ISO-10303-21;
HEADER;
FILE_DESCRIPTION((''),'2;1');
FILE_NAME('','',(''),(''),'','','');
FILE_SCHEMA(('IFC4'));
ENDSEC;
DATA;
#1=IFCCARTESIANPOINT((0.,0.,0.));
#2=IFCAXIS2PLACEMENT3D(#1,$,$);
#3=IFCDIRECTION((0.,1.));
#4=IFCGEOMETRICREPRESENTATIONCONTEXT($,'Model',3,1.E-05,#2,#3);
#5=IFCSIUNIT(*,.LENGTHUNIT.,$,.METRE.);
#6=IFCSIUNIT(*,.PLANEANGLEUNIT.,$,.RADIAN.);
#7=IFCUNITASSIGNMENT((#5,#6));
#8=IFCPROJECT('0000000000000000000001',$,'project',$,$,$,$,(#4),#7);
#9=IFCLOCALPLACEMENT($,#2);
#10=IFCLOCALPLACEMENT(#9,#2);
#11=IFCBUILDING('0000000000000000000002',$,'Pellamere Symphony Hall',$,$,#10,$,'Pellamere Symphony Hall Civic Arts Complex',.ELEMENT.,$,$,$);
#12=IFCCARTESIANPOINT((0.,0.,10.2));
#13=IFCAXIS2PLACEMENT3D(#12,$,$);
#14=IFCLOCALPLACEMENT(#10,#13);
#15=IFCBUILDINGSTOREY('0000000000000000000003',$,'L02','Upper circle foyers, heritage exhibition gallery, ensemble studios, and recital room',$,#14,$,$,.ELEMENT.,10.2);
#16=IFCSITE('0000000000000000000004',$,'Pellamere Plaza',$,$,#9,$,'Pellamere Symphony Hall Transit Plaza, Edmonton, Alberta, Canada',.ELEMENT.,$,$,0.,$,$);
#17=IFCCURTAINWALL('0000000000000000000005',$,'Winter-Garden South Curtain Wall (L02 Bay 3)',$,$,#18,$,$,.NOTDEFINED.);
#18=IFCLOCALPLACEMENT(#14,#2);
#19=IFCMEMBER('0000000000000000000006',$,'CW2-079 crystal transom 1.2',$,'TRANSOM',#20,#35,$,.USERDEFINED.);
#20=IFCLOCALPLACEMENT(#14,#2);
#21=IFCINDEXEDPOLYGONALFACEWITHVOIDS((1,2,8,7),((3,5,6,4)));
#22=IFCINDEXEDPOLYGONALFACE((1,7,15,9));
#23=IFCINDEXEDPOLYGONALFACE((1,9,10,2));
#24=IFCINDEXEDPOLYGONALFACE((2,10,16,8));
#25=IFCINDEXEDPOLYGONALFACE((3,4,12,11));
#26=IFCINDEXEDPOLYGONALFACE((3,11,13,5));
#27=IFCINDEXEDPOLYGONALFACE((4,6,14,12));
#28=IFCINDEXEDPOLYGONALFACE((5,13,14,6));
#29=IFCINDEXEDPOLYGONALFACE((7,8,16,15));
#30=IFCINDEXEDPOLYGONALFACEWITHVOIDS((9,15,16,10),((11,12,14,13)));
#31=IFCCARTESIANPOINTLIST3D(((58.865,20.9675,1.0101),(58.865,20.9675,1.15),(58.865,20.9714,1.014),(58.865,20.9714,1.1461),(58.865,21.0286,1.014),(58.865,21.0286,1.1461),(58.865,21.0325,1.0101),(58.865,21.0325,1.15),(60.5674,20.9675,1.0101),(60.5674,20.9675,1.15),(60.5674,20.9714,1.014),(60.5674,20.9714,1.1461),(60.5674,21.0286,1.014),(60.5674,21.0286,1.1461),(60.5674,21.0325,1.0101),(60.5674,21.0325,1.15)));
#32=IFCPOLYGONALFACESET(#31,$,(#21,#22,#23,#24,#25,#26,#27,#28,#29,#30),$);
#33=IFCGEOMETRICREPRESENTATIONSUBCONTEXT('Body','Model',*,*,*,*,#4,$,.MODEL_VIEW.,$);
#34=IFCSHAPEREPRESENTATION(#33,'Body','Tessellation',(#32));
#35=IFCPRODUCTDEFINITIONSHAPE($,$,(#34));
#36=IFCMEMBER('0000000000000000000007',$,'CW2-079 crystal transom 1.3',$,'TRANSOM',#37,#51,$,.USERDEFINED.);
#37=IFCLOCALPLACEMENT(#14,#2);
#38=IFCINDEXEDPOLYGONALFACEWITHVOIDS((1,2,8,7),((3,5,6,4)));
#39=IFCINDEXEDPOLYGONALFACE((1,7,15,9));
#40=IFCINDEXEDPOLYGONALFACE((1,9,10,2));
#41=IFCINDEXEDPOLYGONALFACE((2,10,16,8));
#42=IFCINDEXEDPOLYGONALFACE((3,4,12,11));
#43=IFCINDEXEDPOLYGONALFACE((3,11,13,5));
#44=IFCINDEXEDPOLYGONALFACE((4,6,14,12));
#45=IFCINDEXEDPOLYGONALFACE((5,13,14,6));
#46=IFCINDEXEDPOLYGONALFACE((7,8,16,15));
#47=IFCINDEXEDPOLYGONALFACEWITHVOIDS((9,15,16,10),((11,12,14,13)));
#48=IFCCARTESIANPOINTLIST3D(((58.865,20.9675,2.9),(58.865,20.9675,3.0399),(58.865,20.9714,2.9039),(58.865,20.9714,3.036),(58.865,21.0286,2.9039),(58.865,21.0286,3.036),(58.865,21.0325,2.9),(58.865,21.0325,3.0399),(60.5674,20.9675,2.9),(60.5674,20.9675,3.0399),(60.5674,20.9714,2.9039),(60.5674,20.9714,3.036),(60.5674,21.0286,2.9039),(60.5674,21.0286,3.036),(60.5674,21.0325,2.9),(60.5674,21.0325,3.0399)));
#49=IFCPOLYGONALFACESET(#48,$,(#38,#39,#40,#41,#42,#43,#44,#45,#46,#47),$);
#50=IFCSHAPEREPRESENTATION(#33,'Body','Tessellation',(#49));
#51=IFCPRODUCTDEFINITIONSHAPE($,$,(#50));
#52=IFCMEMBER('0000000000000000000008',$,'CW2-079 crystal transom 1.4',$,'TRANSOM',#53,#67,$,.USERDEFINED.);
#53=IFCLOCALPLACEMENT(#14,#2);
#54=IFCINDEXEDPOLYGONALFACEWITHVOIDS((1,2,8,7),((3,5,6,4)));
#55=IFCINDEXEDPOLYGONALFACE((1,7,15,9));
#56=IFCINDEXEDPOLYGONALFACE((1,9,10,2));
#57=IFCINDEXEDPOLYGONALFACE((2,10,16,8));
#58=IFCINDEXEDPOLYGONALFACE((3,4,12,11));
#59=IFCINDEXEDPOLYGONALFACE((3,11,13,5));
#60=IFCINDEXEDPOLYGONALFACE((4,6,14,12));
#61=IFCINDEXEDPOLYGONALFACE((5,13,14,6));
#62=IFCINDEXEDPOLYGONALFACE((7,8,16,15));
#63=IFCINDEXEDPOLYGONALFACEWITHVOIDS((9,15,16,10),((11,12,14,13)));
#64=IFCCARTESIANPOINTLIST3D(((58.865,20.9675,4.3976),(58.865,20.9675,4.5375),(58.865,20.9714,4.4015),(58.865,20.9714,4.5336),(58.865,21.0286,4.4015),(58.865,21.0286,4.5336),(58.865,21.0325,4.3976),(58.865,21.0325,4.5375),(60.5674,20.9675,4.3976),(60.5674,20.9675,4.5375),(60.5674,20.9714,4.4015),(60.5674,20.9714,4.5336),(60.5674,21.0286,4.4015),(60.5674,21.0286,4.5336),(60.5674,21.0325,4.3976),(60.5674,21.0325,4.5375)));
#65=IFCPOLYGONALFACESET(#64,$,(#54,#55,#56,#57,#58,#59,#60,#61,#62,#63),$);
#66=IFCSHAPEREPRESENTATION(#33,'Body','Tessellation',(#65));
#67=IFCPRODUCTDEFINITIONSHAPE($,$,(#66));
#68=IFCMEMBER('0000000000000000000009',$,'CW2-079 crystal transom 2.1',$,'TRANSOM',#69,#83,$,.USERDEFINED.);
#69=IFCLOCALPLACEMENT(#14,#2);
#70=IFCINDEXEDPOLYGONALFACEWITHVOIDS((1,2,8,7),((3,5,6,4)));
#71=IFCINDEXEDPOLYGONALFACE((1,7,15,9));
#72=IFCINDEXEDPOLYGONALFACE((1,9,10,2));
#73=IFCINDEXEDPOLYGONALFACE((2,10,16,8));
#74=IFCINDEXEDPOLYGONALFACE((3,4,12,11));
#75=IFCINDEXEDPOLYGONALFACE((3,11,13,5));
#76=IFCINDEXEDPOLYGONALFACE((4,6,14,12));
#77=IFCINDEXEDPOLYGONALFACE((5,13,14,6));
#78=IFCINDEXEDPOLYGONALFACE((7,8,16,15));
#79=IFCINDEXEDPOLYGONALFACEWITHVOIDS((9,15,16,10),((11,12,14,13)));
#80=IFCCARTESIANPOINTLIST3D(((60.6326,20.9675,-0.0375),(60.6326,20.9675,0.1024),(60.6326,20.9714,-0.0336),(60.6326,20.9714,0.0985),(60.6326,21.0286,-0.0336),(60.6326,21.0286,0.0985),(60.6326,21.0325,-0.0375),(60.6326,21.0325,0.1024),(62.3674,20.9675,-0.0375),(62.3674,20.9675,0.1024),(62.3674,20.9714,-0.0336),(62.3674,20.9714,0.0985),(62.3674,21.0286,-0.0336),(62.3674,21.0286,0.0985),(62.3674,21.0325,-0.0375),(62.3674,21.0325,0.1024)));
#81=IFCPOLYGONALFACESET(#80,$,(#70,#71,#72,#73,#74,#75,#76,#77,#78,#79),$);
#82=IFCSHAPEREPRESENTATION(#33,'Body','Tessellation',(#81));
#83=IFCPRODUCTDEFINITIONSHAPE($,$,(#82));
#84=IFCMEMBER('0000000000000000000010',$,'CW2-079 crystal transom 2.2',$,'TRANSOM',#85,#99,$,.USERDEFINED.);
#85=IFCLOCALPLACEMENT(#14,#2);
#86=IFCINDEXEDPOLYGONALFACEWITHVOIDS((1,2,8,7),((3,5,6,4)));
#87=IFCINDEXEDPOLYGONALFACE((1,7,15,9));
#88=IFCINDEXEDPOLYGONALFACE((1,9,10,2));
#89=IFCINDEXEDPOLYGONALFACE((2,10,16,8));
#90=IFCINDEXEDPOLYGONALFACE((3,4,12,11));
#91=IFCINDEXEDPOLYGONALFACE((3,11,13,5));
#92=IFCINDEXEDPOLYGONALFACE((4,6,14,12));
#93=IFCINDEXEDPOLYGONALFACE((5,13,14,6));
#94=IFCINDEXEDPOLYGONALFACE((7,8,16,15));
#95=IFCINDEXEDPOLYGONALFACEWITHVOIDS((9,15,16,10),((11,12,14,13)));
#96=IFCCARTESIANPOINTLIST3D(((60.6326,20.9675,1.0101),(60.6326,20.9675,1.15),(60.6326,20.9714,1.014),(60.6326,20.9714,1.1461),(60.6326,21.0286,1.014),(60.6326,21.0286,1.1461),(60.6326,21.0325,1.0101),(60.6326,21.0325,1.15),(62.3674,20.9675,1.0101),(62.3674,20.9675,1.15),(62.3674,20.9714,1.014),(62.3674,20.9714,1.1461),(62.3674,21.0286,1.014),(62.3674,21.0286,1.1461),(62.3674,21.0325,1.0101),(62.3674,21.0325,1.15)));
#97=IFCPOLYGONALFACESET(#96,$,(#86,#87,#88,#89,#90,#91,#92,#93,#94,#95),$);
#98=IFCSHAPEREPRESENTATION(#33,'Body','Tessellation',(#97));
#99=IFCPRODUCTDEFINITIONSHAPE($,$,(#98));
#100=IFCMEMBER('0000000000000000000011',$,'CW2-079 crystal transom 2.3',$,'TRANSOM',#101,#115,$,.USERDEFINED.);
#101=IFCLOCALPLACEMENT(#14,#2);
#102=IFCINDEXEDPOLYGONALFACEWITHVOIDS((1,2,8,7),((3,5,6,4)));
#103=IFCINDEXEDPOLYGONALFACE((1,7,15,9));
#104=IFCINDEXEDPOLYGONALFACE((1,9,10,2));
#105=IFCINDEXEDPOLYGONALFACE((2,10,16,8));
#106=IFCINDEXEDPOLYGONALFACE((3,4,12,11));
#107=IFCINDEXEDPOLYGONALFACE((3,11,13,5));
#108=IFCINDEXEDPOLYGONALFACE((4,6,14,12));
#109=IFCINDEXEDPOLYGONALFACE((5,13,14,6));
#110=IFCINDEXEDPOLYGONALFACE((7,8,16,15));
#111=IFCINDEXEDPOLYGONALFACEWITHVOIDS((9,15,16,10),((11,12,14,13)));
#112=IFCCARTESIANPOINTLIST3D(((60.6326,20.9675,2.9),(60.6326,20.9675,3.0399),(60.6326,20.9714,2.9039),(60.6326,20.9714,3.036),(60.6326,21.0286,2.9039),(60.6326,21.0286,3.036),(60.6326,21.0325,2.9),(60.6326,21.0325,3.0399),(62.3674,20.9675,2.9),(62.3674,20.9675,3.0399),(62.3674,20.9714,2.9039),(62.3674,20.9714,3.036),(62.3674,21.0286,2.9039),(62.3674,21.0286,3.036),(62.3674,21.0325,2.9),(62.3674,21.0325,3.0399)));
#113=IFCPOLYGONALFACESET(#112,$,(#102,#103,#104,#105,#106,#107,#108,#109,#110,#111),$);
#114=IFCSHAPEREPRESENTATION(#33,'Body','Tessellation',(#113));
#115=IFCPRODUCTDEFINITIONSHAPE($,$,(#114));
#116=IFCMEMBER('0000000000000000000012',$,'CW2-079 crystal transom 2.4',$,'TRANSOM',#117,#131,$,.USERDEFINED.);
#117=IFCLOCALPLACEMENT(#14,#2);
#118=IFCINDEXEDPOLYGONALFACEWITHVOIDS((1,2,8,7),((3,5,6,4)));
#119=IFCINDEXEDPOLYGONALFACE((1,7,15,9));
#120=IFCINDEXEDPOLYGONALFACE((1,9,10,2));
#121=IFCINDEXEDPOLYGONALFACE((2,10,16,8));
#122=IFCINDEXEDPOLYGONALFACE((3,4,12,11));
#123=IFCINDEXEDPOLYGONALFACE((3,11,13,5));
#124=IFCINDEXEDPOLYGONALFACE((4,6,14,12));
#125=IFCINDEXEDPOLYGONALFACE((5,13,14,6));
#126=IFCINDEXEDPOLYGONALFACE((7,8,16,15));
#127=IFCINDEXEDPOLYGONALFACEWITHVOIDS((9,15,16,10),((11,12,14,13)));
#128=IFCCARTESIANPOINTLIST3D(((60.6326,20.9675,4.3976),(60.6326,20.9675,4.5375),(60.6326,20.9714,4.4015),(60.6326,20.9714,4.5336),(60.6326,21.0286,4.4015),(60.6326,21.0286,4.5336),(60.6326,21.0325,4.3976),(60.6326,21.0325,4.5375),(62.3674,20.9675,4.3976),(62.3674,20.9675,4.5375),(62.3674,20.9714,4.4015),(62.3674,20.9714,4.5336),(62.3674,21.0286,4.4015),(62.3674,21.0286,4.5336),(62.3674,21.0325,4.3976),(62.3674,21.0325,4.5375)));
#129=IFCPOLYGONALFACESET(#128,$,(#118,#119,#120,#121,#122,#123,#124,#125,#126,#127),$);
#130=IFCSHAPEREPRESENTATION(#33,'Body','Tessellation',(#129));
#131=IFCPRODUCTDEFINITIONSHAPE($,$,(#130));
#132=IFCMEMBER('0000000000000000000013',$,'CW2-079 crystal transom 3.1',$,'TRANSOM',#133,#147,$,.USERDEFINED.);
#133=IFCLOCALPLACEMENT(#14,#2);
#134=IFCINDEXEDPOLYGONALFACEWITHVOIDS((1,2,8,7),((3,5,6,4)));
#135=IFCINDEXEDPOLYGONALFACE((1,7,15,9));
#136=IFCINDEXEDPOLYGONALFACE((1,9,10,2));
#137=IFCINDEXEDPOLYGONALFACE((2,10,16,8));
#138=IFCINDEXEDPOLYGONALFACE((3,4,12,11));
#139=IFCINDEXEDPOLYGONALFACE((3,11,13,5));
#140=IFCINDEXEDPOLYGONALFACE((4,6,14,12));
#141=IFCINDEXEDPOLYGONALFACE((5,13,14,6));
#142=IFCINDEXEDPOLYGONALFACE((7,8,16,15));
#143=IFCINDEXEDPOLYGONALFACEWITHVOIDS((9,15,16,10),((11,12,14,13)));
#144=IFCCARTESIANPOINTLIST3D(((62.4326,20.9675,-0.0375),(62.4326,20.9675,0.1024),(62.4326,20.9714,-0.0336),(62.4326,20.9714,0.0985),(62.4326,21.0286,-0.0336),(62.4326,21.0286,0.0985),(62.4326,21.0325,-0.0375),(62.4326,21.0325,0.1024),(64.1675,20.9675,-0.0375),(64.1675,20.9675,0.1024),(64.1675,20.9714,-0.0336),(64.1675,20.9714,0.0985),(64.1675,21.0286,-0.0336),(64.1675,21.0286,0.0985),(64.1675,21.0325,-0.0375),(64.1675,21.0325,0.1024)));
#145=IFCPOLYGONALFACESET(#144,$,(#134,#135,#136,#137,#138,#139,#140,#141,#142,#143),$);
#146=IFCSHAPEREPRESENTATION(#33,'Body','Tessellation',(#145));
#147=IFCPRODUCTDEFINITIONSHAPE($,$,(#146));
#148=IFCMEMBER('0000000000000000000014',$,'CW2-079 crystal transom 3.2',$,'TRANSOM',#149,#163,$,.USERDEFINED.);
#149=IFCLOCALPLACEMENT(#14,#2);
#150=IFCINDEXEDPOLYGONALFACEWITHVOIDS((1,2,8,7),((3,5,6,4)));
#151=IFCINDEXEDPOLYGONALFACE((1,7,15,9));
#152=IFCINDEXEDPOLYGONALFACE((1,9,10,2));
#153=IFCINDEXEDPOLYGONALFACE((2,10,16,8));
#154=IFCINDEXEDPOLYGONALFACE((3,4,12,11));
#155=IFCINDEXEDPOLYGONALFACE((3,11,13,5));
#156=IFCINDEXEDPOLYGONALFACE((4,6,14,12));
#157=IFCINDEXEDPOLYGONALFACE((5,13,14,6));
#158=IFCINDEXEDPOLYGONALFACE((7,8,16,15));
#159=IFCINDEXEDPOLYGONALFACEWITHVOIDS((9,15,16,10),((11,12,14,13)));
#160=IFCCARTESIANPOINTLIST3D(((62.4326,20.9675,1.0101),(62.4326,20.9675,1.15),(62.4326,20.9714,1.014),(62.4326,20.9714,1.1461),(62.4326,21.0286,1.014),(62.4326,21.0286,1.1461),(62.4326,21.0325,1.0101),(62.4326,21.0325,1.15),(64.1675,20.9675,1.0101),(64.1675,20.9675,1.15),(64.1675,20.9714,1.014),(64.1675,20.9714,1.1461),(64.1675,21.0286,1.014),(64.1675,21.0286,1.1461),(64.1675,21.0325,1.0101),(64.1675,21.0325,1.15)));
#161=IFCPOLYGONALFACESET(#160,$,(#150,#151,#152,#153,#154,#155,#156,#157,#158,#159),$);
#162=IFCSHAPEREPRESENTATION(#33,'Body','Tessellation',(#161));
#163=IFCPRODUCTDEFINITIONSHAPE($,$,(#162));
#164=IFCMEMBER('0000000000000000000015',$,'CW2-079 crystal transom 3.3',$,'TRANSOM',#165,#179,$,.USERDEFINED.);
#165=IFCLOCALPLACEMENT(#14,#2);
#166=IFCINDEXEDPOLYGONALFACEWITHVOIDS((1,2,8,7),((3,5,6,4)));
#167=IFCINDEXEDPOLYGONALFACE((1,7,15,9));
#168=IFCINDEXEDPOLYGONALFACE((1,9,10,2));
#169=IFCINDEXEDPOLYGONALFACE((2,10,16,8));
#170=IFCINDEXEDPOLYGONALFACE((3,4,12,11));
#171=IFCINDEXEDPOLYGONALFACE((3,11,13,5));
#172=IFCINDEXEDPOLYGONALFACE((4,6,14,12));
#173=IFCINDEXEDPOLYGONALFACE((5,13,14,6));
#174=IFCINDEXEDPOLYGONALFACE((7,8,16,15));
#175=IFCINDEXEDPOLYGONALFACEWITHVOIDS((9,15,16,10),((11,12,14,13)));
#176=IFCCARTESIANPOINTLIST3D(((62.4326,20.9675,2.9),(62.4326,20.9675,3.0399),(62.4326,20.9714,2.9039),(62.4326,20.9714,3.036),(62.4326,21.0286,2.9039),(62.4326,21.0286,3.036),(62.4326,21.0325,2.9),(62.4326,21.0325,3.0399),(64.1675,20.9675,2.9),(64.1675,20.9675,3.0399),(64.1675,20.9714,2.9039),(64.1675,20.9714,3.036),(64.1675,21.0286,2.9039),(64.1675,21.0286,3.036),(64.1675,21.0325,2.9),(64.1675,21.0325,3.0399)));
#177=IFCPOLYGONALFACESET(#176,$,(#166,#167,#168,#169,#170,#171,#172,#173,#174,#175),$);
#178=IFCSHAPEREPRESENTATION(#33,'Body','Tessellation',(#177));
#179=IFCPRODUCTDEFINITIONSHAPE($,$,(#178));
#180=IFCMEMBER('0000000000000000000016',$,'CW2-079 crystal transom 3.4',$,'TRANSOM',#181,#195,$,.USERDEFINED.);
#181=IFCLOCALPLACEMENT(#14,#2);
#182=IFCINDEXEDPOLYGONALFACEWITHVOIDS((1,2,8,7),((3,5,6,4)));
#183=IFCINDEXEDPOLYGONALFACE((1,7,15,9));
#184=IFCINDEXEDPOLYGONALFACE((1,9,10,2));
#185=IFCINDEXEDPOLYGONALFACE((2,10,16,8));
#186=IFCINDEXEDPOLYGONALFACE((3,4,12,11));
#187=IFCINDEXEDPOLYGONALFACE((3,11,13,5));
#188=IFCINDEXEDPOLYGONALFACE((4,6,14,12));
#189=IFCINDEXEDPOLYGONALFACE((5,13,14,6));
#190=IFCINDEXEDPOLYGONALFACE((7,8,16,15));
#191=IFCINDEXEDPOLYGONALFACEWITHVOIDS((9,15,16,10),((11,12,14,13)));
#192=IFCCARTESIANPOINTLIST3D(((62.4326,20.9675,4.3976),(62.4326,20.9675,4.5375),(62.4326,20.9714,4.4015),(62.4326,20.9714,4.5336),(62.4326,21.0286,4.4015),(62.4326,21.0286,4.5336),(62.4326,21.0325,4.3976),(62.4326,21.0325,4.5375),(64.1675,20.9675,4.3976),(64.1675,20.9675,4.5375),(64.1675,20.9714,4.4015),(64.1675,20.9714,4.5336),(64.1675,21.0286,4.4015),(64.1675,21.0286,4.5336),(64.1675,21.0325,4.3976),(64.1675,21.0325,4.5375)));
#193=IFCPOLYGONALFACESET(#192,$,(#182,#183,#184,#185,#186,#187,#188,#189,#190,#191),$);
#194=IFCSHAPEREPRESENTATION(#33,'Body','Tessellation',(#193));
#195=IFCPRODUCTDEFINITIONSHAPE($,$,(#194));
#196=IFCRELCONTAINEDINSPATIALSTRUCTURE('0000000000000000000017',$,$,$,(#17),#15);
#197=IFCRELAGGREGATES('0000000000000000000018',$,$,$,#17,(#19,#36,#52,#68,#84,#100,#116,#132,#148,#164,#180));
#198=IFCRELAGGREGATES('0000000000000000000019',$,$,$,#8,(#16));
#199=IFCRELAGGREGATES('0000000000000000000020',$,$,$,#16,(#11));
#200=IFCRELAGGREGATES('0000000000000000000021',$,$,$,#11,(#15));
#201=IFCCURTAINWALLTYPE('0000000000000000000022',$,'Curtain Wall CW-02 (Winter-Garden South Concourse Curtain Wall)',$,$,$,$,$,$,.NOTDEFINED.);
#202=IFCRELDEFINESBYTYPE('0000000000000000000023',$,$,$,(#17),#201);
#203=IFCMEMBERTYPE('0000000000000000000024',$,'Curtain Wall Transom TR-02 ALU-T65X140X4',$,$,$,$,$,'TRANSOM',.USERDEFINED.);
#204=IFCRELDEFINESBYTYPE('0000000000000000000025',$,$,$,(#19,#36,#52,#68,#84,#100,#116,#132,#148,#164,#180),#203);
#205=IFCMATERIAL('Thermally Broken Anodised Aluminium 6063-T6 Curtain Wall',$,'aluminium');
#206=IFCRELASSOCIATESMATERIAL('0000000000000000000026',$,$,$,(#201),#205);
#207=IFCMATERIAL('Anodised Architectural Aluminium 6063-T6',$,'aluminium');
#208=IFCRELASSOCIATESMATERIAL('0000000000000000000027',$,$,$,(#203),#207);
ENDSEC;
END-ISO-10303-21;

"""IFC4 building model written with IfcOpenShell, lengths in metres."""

from ifc_helpers import new_model, si_unit, direction, frame, origin, origin_2d, place, context, subcontext, project, spatial, hollow_rectangle, extrude, material, material_profile, profile_set, type_object, element, aggregate, save


model = new_model("IFC4")

# Units and contexts
model_context = context("Model", 3, precision=1e-05, world=origin(), true_north=direction((0.0, 1.0)))
body_context = subcontext(model_context, "Body", "Model", "MODEL_VIEW")
ifc_project = project(units=[si_unit("LENGTHUNIT", "METRE"), si_unit("PLANEANGLEUNIT", "RADIAN")], contexts=[model_context])

# Site, building, storey
site_placement = place(None, origin())
site = spatial("IfcSite", under=ifc_project, at=site_placement, Name="Pellamere Plaza", LongName="Pellamere Symphony Hall Transit Plaza, Edmonton, Alberta, Canada", CompositionType="ELEMENT", RefElevation=0.0)
building_placement = place(site_placement, origin())
building = spatial("IfcBuilding", under=site, at=building_placement, Name="Pellamere Symphony Hall", LongName="Pellamere Symphony Hall Civic Arts Complex", CompositionType="ELEMENT")
storey_placement = place(building_placement, frame((0.0, 0.0, 10.2)))
storey = spatial("IfcBuildingStorey", under=building, at=storey_placement, Name="L02", Description="Upper circle foyers, heritage exhibition gallery, ensemble studios, and recital room", CompositionType="ELEMENT", Elevation=10.2)

# Curtain wall
ifc_material_1 = material(Name="Thermally Broken Anodised Aluminium 6063-T6 Curtain Wall", Category="aluminium")
curtain_wall_type = type_object("IfcCurtainWallType", Name="Curtain Wall CW-02 (Winter-Garden South Concourse Curtain Wall)", PredefinedType="NOTDEFINED", material=ifc_material_1)
ifc_material_2 = material(Name="Anodised Architectural Aluminium 6063-T6", Category="aluminium")
curtain_wall_1_placement = place(storey_placement, origin())
curtain_wall_1 = element("IfcCurtainWall", 1, at=curtain_wall_1_placement, inside=storey, type_object=curtain_wall_type, Name="Winter-Garden South Curtain Wall (L02 Bay 3)", PredefinedType="NOTDEFINED")

# Members
ifc_material_profile_1 = material_profile(ifc_material_2, hollow_rectangle(XDim=0.0649, YDim=0.1399, WallThickness=0.0039, at=origin_2d()), Name="ALU-T65X140X4")
ifc_profile_set_1 = profile_set([ifc_material_profile_1], Name="Anodised Architectural Aluminium 6063-T6")
member_type_1 = type_object("IfcMemberType", Name="Curtain Wall Transom TR-02 ALU-T65X140X4", ElementType="TRANSOM", PredefinedType="USERDEFINED", material=ifc_profile_set_1)
member_1_placement = place(storey_placement, frame((58.865, 21.0, 1.0801), z_axis=(1.0, 0.0, 0.0), x_axis=(0.0, 1.0, 0.0)))
member_1 = element("IfcMember", 2, at=member_1_placement, type_object=member_type_1, Name="CW2-079 crystal transom 1.2", ObjectType="TRANSOM", PredefinedType="USERDEFINED", context=body_context, shape_type="SweptSolid", body=[
    extrude(hollow_rectangle(XDim=0.0649, YDim=0.1399, WallThickness=0.0039, at=origin_2d()), origin(), (0.0, 0.0, 1.0), 1.7024),
])
member_2_placement = place(storey_placement, frame((58.865, 21.0, 2.97), z_axis=(1.0, 0.0, 0.0), x_axis=(0.0, 1.0, 0.0)))
member_2 = element("IfcMember", 3, at=member_2_placement, type_object=member_type_1, Name="CW2-079 crystal transom 1.3", ObjectType="TRANSOM", PredefinedType="USERDEFINED", context=body_context, shape_type="SweptSolid", body=[
    extrude(hollow_rectangle(XDim=0.0649, YDim=0.1399, WallThickness=0.0039, at=origin_2d()), origin(), (0.0, 0.0, 1.0), 1.7024),
])
member_3_placement = place(storey_placement, frame((58.865, 21.0, 4.4675), z_axis=(1.0, 0.0, 0.0), x_axis=(0.0, 1.0, 0.0)))
member_3 = element("IfcMember", 4, at=member_3_placement, type_object=member_type_1, Name="CW2-079 crystal transom 1.4", ObjectType="TRANSOM", PredefinedType="USERDEFINED", context=body_context, shape_type="SweptSolid", body=[
    extrude(hollow_rectangle(XDim=0.0649, YDim=0.1399, WallThickness=0.0039, at=origin_2d()), origin(), (0.0, 0.0, 1.0), 1.7024),
])
member_4_placement = place(storey_placement, frame((60.6326, 21.0, 0.0325), z_axis=(1.0, 0.0, 0.0), x_axis=(0.0, 1.0, 0.0)))
member_4 = element("IfcMember", 5, at=member_4_placement, type_object=member_type_1, Name="CW2-079 crystal transom 2.1", ObjectType="TRANSOM", PredefinedType="USERDEFINED", context=body_context, shape_type="SweptSolid", body=[
    extrude(hollow_rectangle(XDim=0.0649, YDim=0.1399, WallThickness=0.0039, at=origin_2d()), origin(), (0.0, 0.0, 1.0), 1.7349),
])
member_5_placement = place(storey_placement, frame((60.6326, 21.0, 1.0801), z_axis=(1.0, 0.0, 0.0), x_axis=(0.0, 1.0, 0.0)))
member_5 = element("IfcMember", 6, at=member_5_placement, type_object=member_type_1, Name="CW2-079 crystal transom 2.2", ObjectType="TRANSOM", PredefinedType="USERDEFINED", context=body_context, shape_type="SweptSolid", body=[
    extrude(hollow_rectangle(XDim=0.0649, YDim=0.1399, WallThickness=0.0039, at=origin_2d()), origin(), (0.0, 0.0, 1.0), 1.7349),
])
member_6_placement = place(storey_placement, frame((60.6326, 21.0, 2.97), z_axis=(1.0, 0.0, 0.0), x_axis=(0.0, 1.0, 0.0)))
member_6 = element("IfcMember", 7, at=member_6_placement, type_object=member_type_1, Name="CW2-079 crystal transom 2.3", ObjectType="TRANSOM", PredefinedType="USERDEFINED", context=body_context, shape_type="SweptSolid", body=[
    extrude(hollow_rectangle(XDim=0.0649, YDim=0.1399, WallThickness=0.0039, at=origin_2d()), origin(), (0.0, 0.0, 1.0), 1.7349),
])
member_7_placement = place(storey_placement, frame((60.6326, 21.0, 4.4675), z_axis=(1.0, 0.0, 0.0), x_axis=(0.0, 1.0, 0.0)))
member_7 = element("IfcMember", 8, at=member_7_placement, type_object=member_type_1, Name="CW2-079 crystal transom 2.4", ObjectType="TRANSOM", PredefinedType="USERDEFINED", context=body_context, shape_type="SweptSolid", body=[
    extrude(hollow_rectangle(XDim=0.0649, YDim=0.1399, WallThickness=0.0039, at=origin_2d()), origin(), (0.0, 0.0, 1.0), 1.7349),
])
member_8_placement = place(storey_placement, frame((62.4326, 21.0, 0.0325), z_axis=(1.0, 0.0, 0.0), x_axis=(0.0, 1.0, 0.0)))
member_8 = element("IfcMember", 9, at=member_8_placement, type_object=member_type_1, Name="CW2-079 crystal transom 3.1", ObjectType="TRANSOM", PredefinedType="USERDEFINED", context=body_context, shape_type="SweptSolid", body=[
    extrude(hollow_rectangle(XDim=0.0649, YDim=0.1399, WallThickness=0.0039, at=origin_2d()), origin(), (0.0, 0.0, 1.0), 1.7349),
])
member_9_placement = place(storey_placement, frame((62.4326, 21.0, 1.0801), z_axis=(1.0, 0.0, 0.0), x_axis=(0.0, 1.0, 0.0)))
member_9 = element("IfcMember", 10, at=member_9_placement, type_object=member_type_1, Name="CW2-079 crystal transom 3.2", ObjectType="TRANSOM", PredefinedType="USERDEFINED", context=body_context, shape_type="SweptSolid", body=[
    extrude(hollow_rectangle(XDim=0.0649, YDim=0.1399, WallThickness=0.0039, at=origin_2d()), origin(), (0.0, 0.0, 1.0), 1.7349),
])
member_10_placement = place(storey_placement, frame((62.4326, 21.0, 2.97), z_axis=(1.0, 0.0, 0.0), x_axis=(0.0, 1.0, 0.0)))
member_10 = element("IfcMember", 11, at=member_10_placement, type_object=member_type_1, Name="CW2-079 crystal transom 3.3", ObjectType="TRANSOM", PredefinedType="USERDEFINED", context=body_context, shape_type="SweptSolid", body=[
    extrude(hollow_rectangle(XDim=0.0649, YDim=0.1399, WallThickness=0.0039, at=origin_2d()), origin(), (0.0, 0.0, 1.0), 1.7349),
])
member_11_placement = place(storey_placement, frame((62.4326, 21.0, 4.4675), z_axis=(1.0, 0.0, 0.0), x_axis=(0.0, 1.0, 0.0)))
member_11 = element("IfcMember", 12, at=member_11_placement, type_object=member_type_1, Name="CW2-079 crystal transom 3.4", ObjectType="TRANSOM", PredefinedType="USERDEFINED", context=body_context, shape_type="SweptSolid", body=[
    extrude(hollow_rectangle(XDim=0.0649, YDim=0.1399, WallThickness=0.0039, at=origin_2d()), origin(), (0.0, 0.0, 1.0), 1.7349),
])

aggregate(curtain_wall_1, [member_1, member_2, member_3, member_4, member_5, member_6, member_7, member_8, member_9, member_10, member_11])

save(model, "model.ifc")
